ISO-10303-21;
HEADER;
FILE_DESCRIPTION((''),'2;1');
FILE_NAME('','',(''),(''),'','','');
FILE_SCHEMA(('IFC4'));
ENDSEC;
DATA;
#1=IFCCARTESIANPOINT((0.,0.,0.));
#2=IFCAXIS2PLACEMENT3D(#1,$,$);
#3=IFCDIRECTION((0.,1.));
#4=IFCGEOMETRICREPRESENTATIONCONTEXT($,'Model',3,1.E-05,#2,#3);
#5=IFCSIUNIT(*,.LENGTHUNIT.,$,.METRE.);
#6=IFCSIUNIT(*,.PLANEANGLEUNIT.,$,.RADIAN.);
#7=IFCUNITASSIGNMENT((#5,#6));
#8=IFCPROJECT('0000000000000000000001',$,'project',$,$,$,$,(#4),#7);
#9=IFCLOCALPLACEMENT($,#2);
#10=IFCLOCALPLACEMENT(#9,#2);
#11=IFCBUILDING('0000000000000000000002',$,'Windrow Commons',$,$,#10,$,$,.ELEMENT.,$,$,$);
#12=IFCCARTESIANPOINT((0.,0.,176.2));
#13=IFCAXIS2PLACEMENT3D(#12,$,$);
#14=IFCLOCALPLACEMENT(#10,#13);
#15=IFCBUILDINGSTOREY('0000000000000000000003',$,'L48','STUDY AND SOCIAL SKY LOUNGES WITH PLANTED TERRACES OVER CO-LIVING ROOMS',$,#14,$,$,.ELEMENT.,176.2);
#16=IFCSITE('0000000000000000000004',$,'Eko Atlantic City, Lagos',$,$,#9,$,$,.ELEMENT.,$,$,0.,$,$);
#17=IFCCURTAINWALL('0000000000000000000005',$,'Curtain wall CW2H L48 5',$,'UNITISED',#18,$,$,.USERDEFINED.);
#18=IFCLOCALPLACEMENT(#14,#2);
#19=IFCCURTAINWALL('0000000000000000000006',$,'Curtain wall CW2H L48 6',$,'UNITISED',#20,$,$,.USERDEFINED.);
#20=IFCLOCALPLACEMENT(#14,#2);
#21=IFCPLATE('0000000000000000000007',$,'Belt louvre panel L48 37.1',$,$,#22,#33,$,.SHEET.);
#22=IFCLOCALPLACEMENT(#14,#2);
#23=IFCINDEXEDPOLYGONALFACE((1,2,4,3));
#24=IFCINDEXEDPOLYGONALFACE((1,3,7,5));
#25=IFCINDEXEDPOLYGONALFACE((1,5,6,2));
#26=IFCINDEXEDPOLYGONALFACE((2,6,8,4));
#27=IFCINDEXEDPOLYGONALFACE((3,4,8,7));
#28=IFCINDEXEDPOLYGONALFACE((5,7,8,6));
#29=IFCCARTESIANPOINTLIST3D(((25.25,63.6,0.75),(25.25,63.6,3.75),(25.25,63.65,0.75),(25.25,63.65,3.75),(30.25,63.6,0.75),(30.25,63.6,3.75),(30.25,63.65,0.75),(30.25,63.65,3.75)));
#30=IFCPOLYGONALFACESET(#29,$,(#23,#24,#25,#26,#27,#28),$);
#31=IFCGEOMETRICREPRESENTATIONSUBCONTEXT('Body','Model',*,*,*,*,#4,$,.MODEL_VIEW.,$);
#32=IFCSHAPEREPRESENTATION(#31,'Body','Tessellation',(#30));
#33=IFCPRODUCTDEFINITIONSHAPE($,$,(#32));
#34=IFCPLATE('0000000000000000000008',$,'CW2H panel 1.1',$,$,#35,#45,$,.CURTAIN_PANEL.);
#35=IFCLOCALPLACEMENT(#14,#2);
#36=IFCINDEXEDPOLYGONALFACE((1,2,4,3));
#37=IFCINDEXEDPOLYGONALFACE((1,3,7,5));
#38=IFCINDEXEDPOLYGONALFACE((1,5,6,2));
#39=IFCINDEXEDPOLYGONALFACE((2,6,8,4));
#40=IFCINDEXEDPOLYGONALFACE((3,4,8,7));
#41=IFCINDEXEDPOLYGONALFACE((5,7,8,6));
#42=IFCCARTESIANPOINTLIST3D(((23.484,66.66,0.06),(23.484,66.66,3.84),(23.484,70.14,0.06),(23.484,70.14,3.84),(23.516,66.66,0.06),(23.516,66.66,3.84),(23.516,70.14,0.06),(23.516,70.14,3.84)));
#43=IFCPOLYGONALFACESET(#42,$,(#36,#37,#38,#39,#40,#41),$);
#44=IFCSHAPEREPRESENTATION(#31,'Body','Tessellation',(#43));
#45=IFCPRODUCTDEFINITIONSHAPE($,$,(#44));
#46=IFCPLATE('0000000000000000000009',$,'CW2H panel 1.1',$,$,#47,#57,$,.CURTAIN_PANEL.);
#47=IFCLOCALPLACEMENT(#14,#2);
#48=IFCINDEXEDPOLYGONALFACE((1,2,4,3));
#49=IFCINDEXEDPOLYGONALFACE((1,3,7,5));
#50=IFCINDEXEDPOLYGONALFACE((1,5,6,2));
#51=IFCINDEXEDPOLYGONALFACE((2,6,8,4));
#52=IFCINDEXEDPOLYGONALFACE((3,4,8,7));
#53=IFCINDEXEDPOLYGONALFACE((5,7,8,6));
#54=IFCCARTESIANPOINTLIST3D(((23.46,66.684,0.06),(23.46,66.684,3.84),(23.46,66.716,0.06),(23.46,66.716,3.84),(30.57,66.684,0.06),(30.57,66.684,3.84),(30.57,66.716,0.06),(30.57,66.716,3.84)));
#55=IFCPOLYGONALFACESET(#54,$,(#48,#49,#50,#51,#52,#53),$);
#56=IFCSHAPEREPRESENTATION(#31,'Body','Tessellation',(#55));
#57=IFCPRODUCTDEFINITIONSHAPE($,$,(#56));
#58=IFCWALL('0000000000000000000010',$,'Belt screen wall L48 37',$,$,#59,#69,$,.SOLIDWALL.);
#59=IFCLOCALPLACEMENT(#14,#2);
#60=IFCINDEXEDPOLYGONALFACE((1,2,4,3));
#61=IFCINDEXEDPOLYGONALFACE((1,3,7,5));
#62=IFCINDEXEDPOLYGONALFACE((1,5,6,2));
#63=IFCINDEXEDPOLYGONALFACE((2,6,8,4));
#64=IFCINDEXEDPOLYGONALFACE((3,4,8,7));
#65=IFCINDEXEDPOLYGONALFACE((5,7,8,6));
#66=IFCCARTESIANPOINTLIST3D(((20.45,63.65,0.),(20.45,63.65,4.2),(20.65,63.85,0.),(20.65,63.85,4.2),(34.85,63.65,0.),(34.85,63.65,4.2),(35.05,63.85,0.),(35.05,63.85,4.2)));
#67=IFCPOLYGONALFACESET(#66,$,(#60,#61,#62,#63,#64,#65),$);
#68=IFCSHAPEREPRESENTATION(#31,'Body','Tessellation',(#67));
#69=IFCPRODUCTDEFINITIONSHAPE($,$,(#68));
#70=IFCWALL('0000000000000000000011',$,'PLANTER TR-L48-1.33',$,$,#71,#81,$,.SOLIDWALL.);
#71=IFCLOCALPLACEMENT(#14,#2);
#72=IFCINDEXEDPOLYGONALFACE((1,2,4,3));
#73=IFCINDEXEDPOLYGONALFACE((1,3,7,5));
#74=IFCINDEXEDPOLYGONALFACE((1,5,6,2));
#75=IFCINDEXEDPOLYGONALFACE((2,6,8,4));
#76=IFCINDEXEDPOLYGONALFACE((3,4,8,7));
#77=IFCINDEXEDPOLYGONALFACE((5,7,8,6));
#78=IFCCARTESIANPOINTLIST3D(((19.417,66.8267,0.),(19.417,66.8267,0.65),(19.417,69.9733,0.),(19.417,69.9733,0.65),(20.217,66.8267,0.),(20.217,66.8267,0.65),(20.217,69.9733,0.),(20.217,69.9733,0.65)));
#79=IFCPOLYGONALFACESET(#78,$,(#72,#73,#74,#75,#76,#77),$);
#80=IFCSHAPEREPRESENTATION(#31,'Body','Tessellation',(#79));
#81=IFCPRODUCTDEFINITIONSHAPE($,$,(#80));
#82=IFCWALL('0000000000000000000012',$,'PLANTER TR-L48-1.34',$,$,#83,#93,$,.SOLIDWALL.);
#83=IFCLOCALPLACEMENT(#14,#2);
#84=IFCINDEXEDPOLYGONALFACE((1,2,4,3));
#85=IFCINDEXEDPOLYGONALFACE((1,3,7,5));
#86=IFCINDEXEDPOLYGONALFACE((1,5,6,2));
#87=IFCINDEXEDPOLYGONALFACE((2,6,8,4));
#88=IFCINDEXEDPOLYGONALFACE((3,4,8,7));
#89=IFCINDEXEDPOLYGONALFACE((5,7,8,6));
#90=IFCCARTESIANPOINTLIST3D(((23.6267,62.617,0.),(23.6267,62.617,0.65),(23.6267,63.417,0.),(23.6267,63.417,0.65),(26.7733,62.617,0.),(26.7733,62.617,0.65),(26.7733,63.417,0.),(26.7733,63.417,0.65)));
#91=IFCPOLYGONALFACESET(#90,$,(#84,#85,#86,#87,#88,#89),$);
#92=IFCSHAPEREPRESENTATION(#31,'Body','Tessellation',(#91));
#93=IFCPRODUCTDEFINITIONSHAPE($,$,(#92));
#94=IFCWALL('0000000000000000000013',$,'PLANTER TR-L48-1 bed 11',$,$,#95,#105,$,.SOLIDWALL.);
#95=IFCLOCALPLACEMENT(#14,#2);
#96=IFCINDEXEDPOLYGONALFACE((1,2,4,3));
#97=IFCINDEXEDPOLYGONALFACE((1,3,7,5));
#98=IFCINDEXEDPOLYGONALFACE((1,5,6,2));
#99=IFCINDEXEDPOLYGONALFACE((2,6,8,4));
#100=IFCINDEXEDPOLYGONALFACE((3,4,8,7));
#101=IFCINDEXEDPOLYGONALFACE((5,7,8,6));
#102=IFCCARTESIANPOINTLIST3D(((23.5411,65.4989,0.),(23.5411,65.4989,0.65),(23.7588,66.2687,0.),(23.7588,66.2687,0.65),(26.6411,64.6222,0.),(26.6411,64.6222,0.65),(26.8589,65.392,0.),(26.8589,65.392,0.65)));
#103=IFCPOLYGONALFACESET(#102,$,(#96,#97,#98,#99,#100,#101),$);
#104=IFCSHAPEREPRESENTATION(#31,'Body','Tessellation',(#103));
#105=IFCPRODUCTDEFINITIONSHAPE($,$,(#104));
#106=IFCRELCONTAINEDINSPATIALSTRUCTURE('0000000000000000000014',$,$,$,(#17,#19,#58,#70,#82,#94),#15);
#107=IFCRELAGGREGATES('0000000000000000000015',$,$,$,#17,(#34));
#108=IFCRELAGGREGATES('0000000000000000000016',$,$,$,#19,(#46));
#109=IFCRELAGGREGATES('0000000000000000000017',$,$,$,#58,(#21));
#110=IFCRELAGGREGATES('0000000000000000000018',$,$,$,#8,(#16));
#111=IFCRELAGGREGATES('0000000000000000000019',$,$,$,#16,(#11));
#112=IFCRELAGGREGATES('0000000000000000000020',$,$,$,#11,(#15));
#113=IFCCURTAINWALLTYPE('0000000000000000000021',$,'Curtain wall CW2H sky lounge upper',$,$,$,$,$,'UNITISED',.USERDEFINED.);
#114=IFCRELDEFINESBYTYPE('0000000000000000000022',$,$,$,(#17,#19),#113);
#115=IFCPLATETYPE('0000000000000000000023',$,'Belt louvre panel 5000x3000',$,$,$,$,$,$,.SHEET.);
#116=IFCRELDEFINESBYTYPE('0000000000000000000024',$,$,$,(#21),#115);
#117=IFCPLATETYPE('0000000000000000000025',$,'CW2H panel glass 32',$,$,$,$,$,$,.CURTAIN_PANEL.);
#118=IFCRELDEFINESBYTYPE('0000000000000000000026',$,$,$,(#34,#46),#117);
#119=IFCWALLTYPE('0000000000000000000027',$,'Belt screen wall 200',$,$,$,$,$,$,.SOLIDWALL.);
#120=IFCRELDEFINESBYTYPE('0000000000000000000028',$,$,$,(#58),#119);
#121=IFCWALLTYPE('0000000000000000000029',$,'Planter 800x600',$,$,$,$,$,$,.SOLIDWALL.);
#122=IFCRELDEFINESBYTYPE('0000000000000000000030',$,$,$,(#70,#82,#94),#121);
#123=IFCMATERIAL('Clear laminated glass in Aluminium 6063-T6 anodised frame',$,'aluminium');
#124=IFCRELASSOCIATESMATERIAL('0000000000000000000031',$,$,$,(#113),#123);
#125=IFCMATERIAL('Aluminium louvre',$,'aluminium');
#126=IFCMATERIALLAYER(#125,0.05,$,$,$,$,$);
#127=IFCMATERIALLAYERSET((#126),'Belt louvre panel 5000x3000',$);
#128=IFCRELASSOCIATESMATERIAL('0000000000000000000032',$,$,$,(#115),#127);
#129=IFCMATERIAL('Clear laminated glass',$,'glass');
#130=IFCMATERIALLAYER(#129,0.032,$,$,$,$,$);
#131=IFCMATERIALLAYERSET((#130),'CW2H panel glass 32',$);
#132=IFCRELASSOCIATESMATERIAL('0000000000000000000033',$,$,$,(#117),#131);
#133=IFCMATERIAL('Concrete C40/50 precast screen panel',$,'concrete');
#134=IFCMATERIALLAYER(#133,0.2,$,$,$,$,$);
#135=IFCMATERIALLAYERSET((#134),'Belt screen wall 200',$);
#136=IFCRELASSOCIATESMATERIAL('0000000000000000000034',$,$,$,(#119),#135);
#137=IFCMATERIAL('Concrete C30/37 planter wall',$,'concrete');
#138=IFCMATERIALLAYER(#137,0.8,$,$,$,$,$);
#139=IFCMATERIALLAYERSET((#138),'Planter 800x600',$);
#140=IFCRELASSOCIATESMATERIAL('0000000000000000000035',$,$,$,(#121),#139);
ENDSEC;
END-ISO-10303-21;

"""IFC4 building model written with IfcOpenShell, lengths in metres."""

from ifc_helpers import new_model, si_unit, direction, frame, frame_2d, origin, origin_2d, place, context, subcontext, project, spatial, polyline, rectangle, outline, extrude, material, layer, layer_set, type_object, element, aggregate, save


model = new_model("IFC4")

# Units and contexts
model_context = context("Model", 3, precision=1e-05, world=origin(), true_north=direction((0.0, 1.0)))
body_context = subcontext(model_context, "Body", "Model", "MODEL_VIEW")
ifc_project = project(units=[si_unit("LENGTHUNIT", "METRE"), si_unit("PLANEANGLEUNIT", "RADIAN")], contexts=[model_context])

# Site, building, storey
site_placement = place(None, origin())
site = spatial("IfcSite", under=ifc_project, at=site_placement, Name="Eko Atlantic City, Lagos", CompositionType="ELEMENT", RefElevation=0.0)
building_placement = place(site_placement, origin())
building = spatial("IfcBuilding", under=site, at=building_placement, Name="Windrow Commons", CompositionType="ELEMENT")
storey_placement = place(building_placement, frame((0.0, 0.0, 176.2)))
storey = spatial("IfcBuildingStorey", under=building, at=storey_placement, Name="L48", Description="STUDY AND SOCIAL SKY LOUNGES WITH PLANTED TERRACES OVER CO-LIVING ROOMS", CompositionType="ELEMENT", Elevation=176.2)

# Shared definitions
ifc_material_1 = material(Name="Clear laminated glass in Aluminium 6063-T6 anodised frame", Category="aluminium")
curtain_wall_type = type_object("IfcCurtainWallType", Name="Curtain wall CW2H sky lounge upper", ElementType="UNITISED", PredefinedType="USERDEFINED", material=ifc_material_1)
placement = place(storey_placement, origin())

# Curtain wall
curtain_wall_1 = element("IfcCurtainWall", 1, at=placement, inside=storey, type_object=curtain_wall_type, Name="Curtain wall CW2H L48 5", ObjectType="UNITISED", PredefinedType="USERDEFINED")

# Curtain wall
curtain_wall_2 = element("IfcCurtainWall", 2, at=placement, inside=storey, type_object=curtain_wall_type, Name="Curtain wall CW2H L48 6", ObjectType="UNITISED", PredefinedType="USERDEFINED")

# Plates
ifc_material_2 = material(Name="Aluminium louvre", Category="aluminium")
ifc_layer_1 = layer(ifc_material_2, 0.05)
ifc_layer_set_1 = layer_set([ifc_layer_1], Name="Belt louvre panel 5000x3000")
plate_type_1 = type_object("IfcPlateType", Name="Belt louvre panel 5000x3000", PredefinedType="SHEET", material=ifc_layer_set_1)
plate_1_placement = place(storey_placement, frame((25.25, 63.6, 0.75), z_axis=(0.0, -1.0, 0.0), x_axis=(1.0, 0.0, 0.0)))
plate_1 = element("IfcPlate", 3, at=plate_1_placement, type_object=plate_type_1, Name="Belt louvre panel L48 37.1", PredefinedType="SHEET", context=body_context, shape_type="SweptSolid", body=[
    extrude(outline(polyline([(0.0, 0.0), (5.0, 0.0), (5.0, 3.0), (0.0, 3.0), (0.0, 0.0)])), origin(), (0.0, 0.0, -1.0), 0.05),
])
ifc_material_3 = material(Name="Clear laminated glass", Category="glass")
ifc_layer_2 = layer(ifc_material_3, 0.032)
ifc_layer_set_2 = layer_set([ifc_layer_2], Name="CW2H panel glass 32")
plate_type_2 = type_object("IfcPlateType", Name="CW2H panel glass 32", PredefinedType="CURTAIN_PANEL", material=ifc_layer_set_2)
plate_2_placement = place(storey_placement, frame((23.5, 68.4, 0.06), z_axis=(0.0, 0.0, 1.0), x_axis=(0.0, -1.0, 0.0)))
plate_2 = element("IfcPlate", 4, at=plate_2_placement, type_object=plate_type_2, Name="CW2H panel 1.1", PredefinedType="CURTAIN_PANEL", context=body_context, shape_type="SweptSolid", body=[
    extrude(rectangle(XDim=3.48, YDim=0.032, at=origin_2d()), origin(), (0.0, 0.0, 1.0), 3.78),
])
aggregate(curtain_wall_1, [plate_2])
plate_3_placement = place(storey_placement, frame((27.015, 66.7, 0.06), z_axis=(0.0, 0.0, 1.0), x_axis=(1.0, 0.0, 0.0)))
plate_3 = element("IfcPlate", 5, at=plate_3_placement, type_object=plate_type_2, Name="CW2H panel 1.1", PredefinedType="CURTAIN_PANEL", context=body_context, shape_type="SweptSolid", body=[
    extrude(rectangle(XDim=7.11, YDim=0.032, at=origin_2d()), origin(), (0.0, 0.0, 1.0), 3.78),
])
aggregate(curtain_wall_2, [plate_3])

# Wall
ifc_material_4 = material(Name="Concrete C40/50 precast screen panel", Category="concrete")
ifc_layer_3 = layer(ifc_material_4, 0.2)
ifc_layer_set_3 = layer_set([ifc_layer_3], Name="Belt screen wall 200")
wall_type_1 = type_object("IfcWallType", Name="Belt screen wall 200", PredefinedType="SOLIDWALL", material=ifc_layer_set_3)
wall_1_placement = place(storey_placement, frame((20.55, 63.75, 0.0), z_axis=(0.0, 0.0, 1.0), x_axis=(1.0, 0.0, 0.0)))
wall_1 = element("IfcWall", 6, at=wall_1_placement, inside=storey, type_object=wall_type_1, Name="Belt screen wall L48 37", PredefinedType="SOLIDWALL", context=body_context, shape_type="SweptSolid", body=[
    extrude(outline(polyline([(-0.1, -0.1), (14.3, -0.1), (14.5, 0.1), (0.1, 0.1), (-0.1, -0.1)])), origin(), (0.0, 0.0, 1.0), 4.2),
])
aggregate(wall_1, [plate_1])

# Walls
ifc_material_5 = material(Name="Concrete C30/37 planter wall", Category="concrete")
ifc_layer_4 = layer(ifc_material_5, 0.8)
ifc_layer_set_4 = layer_set([ifc_layer_4], Name="Planter 800x600")
wall_type_2 = type_object("IfcWallType", Name="Planter 800x600", PredefinedType="SOLIDWALL", material=ifc_layer_set_4)
for number, where, z_axis, x_axis, name in (
    (7, (19.817, 69.9733, 0.0), (0.0, 0.0, 1.0), (0.0, -1.0, 0.0), "PLANTER TR-L48-1.33"),
    (8, (23.6267, 63.017, 0.0), (0.0, 0.0, 1.0), (1.0, 0.0, 0.0), "PLANTER TR-L48-1.34"),
):
    element("IfcWall", number, at=place(storey_placement, frame(where, z_axis=z_axis, x_axis=x_axis)), inside=storey, type_object=wall_type_2, Name=name, PredefinedType="SOLIDWALL", context=body_context, shape_type="SweptSolid", body=[
        extrude(rectangle(XDim=3.1466, YDim=0.8, at=frame_2d((1.5733, 0.0))), origin(), (0.0, 0.0, 1.0), 0.65),
    ])
wall_2_placement = place(storey_placement, frame((26.75, 65.0071, 0.0), z_axis=(0.0, 0.0, 1.0), x_axis=(-0.96226, 0.272133, 0.0)))
element("IfcWall", 9, at=wall_2_placement, inside=storey, type_object=wall_type_2, Name="PLANTER TR-L48-1 bed 11", PredefinedType="SOLIDWALL", context=body_context, shape_type="SweptSolid", body=[
    extrude(rectangle(XDim=3.2216, YDim=0.8, at=frame_2d((1.6108, 0.0))), origin(), (0.0, 0.0, 1.0), 0.65),
])

save(model, "model.ifc")
